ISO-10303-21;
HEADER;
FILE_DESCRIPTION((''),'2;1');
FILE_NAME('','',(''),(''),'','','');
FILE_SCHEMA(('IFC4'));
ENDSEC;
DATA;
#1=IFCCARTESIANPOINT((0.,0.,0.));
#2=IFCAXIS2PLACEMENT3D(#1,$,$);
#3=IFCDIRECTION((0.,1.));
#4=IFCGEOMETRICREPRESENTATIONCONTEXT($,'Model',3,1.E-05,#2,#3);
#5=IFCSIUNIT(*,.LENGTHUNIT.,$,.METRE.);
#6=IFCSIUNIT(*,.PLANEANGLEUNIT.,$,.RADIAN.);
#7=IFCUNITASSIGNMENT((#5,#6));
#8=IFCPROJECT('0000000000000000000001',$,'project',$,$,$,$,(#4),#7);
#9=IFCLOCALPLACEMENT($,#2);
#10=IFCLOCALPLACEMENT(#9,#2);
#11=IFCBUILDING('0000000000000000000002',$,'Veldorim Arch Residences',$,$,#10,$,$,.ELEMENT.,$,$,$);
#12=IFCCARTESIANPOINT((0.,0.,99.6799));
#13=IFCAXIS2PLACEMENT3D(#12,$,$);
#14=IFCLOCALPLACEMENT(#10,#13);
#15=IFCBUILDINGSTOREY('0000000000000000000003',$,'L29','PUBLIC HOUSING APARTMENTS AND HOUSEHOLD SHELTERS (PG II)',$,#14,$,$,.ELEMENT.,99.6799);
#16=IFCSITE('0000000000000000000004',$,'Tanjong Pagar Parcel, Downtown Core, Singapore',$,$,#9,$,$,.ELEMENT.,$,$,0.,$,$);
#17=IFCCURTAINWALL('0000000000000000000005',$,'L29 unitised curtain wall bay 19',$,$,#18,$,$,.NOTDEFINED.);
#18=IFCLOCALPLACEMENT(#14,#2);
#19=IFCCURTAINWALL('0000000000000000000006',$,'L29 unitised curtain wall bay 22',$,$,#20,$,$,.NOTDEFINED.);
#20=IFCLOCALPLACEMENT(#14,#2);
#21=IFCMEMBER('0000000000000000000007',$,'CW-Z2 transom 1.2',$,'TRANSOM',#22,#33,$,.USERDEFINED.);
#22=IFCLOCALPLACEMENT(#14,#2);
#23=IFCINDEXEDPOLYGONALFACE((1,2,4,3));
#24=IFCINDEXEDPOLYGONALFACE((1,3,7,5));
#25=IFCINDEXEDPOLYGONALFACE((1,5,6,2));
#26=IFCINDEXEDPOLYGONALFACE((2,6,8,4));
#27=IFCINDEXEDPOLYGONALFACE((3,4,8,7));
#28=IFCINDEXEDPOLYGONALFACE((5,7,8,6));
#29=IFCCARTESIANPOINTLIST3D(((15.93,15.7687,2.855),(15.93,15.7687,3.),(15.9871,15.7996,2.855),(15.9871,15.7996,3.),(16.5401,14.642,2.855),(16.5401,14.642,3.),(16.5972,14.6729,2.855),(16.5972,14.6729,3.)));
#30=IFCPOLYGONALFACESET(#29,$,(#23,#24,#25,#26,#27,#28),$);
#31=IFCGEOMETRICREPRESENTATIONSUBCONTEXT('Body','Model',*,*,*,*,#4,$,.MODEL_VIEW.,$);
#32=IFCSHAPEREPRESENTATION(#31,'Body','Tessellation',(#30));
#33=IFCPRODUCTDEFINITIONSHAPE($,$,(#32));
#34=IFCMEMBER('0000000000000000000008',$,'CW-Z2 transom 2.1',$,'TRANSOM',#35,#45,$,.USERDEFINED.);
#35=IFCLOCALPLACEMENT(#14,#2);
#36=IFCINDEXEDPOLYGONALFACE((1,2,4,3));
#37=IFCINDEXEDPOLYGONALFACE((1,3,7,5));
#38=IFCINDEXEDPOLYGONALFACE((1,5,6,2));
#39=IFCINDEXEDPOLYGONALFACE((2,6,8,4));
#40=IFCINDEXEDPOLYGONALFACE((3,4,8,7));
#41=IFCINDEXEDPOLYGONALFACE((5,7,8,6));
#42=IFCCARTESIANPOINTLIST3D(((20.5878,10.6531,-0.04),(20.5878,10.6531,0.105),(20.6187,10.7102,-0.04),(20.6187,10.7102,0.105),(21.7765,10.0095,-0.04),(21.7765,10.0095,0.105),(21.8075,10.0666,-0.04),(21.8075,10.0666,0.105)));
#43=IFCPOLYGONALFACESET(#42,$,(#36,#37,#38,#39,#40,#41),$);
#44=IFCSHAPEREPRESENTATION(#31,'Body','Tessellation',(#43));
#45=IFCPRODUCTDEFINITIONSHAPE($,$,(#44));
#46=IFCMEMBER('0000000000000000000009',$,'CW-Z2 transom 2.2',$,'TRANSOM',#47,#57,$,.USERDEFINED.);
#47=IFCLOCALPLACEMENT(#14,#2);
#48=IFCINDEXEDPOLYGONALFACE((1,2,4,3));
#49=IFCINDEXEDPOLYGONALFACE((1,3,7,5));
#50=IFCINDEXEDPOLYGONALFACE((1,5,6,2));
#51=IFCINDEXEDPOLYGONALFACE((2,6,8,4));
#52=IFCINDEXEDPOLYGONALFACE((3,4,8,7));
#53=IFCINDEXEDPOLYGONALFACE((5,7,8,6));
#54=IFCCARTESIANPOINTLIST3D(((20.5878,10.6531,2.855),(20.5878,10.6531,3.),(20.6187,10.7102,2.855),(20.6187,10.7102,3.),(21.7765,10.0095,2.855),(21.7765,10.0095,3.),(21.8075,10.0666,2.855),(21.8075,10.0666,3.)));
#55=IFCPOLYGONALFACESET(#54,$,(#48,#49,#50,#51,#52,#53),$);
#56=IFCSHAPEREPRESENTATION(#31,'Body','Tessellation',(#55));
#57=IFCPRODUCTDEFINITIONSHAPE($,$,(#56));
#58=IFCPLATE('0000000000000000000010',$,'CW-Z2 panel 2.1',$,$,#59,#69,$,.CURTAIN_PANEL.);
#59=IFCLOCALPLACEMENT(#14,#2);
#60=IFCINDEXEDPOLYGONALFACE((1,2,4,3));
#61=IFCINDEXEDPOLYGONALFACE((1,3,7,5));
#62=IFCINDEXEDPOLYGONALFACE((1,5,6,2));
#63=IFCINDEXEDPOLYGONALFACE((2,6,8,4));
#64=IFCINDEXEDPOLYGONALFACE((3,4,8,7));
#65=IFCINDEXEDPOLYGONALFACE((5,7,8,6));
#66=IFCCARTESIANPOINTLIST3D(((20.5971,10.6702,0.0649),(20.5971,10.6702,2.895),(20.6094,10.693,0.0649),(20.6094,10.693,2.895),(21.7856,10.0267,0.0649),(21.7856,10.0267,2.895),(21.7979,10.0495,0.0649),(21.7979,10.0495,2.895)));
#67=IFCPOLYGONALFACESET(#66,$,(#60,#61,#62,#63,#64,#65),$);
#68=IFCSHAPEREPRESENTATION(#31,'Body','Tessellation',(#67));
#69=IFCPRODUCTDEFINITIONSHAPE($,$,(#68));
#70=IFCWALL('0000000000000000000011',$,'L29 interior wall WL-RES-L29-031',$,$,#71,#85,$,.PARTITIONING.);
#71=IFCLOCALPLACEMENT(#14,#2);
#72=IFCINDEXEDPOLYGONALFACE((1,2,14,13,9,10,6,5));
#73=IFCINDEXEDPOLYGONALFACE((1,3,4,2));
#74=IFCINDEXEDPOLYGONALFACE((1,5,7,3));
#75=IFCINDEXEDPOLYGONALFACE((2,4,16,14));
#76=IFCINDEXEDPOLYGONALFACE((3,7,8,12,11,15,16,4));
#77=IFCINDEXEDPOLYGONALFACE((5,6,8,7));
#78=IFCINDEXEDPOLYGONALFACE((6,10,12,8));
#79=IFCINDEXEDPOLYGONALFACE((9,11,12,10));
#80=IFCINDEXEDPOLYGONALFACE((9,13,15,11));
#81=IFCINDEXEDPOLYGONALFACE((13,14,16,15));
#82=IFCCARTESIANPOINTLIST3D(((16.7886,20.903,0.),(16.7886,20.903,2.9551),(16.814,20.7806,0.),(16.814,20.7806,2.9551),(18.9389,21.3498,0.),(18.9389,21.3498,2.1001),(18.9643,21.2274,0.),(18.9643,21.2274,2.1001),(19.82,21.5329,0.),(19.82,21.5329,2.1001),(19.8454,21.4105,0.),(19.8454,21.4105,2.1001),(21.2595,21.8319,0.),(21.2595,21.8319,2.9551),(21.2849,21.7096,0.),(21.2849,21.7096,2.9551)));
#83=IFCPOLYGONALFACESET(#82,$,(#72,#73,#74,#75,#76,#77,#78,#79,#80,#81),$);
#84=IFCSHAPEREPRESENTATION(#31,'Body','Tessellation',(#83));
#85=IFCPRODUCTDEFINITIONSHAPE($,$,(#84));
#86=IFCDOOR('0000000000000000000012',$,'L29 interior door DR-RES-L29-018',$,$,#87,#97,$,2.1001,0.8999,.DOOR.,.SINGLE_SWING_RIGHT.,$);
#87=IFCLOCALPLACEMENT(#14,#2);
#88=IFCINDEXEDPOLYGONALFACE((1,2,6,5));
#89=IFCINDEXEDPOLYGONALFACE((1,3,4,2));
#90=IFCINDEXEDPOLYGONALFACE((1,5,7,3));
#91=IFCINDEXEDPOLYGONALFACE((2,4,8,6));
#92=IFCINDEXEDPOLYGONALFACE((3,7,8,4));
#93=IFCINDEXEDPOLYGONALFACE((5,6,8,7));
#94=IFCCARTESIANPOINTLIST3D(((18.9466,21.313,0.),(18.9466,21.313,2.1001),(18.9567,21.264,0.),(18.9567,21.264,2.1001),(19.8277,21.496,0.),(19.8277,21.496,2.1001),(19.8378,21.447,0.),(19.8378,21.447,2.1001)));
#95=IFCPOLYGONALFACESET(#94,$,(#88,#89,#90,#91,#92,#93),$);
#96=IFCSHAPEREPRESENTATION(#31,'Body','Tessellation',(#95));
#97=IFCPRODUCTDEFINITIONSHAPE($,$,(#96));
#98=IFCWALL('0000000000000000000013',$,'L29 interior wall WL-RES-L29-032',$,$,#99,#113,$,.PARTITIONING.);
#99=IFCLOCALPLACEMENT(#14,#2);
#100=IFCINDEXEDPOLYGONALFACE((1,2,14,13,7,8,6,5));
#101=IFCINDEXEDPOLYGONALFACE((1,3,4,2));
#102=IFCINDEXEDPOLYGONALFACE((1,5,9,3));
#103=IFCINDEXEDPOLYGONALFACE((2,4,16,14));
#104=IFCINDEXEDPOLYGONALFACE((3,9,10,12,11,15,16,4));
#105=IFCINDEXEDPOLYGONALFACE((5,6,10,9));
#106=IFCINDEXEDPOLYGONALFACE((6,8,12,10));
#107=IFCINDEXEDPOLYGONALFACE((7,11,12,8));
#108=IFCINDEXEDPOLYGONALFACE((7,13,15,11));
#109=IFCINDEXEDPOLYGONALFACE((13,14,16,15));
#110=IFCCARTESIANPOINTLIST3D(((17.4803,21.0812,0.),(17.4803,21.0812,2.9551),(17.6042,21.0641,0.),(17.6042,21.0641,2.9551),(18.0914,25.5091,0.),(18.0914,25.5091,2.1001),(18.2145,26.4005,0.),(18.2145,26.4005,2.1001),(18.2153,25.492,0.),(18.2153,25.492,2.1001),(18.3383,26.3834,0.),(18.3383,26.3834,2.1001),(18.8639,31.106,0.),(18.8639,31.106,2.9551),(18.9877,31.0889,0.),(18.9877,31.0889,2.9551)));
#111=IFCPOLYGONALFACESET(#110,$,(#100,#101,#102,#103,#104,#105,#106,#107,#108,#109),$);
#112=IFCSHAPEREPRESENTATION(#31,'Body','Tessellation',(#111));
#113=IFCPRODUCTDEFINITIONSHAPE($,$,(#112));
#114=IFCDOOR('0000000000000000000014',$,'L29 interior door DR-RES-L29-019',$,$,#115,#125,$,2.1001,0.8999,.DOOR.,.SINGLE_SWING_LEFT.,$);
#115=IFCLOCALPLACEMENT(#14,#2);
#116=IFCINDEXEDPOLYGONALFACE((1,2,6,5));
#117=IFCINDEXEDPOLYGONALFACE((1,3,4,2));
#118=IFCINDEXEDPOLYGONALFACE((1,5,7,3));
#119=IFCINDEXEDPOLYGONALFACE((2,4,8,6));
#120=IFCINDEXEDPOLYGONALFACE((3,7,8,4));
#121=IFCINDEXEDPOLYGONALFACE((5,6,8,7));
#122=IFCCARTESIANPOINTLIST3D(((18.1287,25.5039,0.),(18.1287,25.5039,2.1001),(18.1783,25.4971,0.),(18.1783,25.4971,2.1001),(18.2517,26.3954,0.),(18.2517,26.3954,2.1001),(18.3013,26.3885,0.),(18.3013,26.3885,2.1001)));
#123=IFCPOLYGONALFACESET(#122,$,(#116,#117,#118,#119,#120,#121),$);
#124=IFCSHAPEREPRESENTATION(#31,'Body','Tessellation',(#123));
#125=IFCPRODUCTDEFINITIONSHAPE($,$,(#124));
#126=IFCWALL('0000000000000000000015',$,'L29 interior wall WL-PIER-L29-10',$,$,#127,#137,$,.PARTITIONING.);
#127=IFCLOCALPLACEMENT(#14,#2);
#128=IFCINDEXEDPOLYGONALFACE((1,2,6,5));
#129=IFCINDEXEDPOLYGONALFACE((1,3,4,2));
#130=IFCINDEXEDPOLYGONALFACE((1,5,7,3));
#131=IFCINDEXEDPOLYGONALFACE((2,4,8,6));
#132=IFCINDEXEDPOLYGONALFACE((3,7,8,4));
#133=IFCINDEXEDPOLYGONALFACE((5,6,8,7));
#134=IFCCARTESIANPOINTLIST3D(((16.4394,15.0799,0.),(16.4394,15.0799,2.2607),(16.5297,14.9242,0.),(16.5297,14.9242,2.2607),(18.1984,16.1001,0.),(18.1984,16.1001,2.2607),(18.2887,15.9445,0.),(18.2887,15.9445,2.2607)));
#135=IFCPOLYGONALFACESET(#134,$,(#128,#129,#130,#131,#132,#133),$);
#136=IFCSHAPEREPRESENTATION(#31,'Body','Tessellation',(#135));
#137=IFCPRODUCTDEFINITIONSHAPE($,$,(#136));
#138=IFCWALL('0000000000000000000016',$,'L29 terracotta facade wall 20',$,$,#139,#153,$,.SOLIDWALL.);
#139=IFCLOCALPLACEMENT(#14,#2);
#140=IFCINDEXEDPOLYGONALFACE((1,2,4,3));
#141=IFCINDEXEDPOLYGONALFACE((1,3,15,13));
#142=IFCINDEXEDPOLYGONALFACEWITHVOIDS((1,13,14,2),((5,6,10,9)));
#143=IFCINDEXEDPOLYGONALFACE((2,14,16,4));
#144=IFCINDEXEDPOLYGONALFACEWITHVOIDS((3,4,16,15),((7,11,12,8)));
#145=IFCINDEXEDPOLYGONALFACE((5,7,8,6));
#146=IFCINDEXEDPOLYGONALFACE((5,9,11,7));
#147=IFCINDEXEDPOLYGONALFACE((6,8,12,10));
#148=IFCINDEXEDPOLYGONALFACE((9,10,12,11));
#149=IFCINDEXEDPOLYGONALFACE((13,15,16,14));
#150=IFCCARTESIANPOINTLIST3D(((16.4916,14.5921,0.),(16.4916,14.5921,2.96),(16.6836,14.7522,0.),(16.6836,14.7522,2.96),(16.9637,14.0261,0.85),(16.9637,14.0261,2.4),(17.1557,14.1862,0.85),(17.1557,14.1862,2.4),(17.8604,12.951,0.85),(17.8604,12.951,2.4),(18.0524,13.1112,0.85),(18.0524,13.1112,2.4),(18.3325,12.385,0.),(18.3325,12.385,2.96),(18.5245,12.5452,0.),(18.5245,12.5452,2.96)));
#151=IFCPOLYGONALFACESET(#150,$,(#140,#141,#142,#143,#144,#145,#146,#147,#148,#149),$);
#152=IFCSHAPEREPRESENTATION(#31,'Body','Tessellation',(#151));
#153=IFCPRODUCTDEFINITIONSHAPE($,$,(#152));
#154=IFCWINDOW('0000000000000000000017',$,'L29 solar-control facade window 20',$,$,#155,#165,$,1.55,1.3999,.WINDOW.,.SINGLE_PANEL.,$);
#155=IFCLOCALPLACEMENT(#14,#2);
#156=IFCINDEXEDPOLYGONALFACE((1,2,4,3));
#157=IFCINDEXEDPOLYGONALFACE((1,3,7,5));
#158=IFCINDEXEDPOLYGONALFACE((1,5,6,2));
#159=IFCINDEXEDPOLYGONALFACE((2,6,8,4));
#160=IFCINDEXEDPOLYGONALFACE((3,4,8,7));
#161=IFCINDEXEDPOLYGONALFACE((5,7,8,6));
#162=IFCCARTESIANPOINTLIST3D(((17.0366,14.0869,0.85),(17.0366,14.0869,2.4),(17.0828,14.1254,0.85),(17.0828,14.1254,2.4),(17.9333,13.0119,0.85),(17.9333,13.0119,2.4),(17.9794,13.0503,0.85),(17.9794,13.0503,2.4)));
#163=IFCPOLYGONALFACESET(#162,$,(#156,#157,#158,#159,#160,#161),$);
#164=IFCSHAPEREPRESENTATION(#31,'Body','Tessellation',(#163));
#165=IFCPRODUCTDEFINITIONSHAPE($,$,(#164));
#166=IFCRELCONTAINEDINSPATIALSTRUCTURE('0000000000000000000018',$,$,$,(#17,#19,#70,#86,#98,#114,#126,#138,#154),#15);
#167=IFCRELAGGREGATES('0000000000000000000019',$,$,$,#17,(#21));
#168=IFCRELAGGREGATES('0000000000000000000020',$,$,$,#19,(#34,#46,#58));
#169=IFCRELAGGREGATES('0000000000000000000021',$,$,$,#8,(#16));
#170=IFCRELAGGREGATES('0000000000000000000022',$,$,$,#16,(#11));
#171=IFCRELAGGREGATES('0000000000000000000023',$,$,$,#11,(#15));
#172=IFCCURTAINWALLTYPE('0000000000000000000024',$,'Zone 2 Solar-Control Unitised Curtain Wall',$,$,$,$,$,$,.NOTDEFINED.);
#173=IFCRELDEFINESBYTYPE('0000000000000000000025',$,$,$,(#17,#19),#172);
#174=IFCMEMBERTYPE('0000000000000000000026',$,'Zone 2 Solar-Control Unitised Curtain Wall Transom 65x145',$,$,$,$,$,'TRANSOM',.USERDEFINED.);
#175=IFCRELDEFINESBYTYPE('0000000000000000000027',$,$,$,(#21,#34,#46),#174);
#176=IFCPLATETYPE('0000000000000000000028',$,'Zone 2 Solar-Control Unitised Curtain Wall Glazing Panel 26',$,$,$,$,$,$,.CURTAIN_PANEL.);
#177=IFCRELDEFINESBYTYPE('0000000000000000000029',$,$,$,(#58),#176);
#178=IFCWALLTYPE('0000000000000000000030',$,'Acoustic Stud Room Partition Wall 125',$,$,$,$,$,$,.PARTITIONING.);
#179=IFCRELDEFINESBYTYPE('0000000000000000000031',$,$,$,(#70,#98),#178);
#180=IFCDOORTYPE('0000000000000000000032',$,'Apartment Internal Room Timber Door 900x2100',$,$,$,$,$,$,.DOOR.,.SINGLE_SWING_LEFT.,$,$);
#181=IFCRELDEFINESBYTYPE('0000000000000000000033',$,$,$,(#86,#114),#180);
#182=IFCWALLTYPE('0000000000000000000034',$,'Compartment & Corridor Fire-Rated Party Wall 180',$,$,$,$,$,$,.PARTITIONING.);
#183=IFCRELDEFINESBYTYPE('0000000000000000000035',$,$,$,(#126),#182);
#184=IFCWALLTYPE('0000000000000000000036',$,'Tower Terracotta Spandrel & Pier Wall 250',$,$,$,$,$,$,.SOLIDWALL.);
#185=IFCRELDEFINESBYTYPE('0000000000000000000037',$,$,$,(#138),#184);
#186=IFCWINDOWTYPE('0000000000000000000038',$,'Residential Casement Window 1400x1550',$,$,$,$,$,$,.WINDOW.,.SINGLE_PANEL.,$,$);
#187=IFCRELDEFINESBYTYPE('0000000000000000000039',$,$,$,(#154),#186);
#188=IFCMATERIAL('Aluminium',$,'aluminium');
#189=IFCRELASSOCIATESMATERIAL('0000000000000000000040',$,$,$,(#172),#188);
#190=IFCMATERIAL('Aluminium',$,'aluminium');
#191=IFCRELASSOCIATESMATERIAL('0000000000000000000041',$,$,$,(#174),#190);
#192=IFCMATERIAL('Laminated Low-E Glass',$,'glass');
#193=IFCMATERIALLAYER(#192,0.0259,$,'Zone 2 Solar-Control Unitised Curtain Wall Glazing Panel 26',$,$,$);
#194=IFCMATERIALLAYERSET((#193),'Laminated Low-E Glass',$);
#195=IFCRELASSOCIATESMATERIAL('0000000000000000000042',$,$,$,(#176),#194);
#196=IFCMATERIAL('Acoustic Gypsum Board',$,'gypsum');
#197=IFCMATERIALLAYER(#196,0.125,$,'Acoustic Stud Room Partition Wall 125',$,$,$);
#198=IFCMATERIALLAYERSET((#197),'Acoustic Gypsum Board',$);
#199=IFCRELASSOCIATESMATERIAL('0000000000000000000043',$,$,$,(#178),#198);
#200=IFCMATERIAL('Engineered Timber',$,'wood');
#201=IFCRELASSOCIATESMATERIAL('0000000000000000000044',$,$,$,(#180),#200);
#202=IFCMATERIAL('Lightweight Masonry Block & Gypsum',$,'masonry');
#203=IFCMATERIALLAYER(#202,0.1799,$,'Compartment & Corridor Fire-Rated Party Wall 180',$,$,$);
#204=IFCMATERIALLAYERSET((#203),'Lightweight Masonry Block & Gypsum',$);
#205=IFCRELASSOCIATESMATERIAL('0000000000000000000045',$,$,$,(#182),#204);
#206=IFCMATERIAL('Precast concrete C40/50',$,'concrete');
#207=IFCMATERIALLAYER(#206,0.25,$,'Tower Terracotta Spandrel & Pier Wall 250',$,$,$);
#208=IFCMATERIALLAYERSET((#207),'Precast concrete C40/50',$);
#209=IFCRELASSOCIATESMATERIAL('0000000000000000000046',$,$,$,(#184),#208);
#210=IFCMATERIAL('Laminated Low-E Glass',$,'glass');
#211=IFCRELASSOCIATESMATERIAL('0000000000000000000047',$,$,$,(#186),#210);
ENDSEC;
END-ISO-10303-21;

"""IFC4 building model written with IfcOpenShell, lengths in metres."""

from ifc_helpers import new_model, si_unit, direction, frame, frame_2d, origin, origin_2d, place, context, subcontext, project, spatial, rectangle, extrude, material, layer, layer_set, material_profile, profile_set, type_object, element, fill, aggregate, save


model = new_model("IFC4")

# Units and contexts
model_context = context("Model", 3, precision=1e-05, world=origin(), true_north=direction((0.0, 1.0)))
body_context = subcontext(model_context, "Body", "Model", "MODEL_VIEW")
ifc_project = project(units=[si_unit("LENGTHUNIT", "METRE"), si_unit("PLANEANGLEUNIT", "RADIAN")], contexts=[model_context])

# Site, building, storey
site_placement = place(None, origin())
site = spatial("IfcSite", under=ifc_project, at=site_placement, Name="Tanjong Pagar Parcel, Downtown Core, Singapore", CompositionType="ELEMENT", RefElevation=0.0)
building_placement = place(site_placement, origin())
building = spatial("IfcBuilding", under=site, at=building_placement, Name="Veldorim Arch Residences", CompositionType="ELEMENT")
storey_placement = place(building_placement, frame((0.0, 0.0, 99.6799)))
storey = spatial("IfcBuildingStorey", under=building, at=storey_placement, Name="L29", Description="PUBLIC HOUSING APARTMENTS AND HOUSEHOLD SHELTERS (PG II)", CompositionType="ELEMENT", Elevation=99.6799)

# Curtain walls
ifc_material_1 = material(Name="Aluminium", Category="aluminium")
curtain_wall_type = type_object("IfcCurtainWallType", Name="Zone 2 Solar-Control Unitised Curtain Wall", PredefinedType="NOTDEFINED", material=ifc_material_1)
curtain_wall_1_placement = place(storey_placement, origin())
curtain_wall_1 = element("IfcCurtainWall", 1, at=curtain_wall_1_placement, inside=storey, type_object=curtain_wall_type, Name="L29 unitised curtain wall bay 19", PredefinedType="NOTDEFINED")
curtain_wall_2_placement = place(storey_placement, origin())
curtain_wall_2 = element("IfcCurtainWall", 2, at=curtain_wall_2_placement, inside=storey, type_object=curtain_wall_type, Name="L29 unitised curtain wall bay 22", PredefinedType="NOTDEFINED")

# Members
ifc_material_2 = material(Name="Aluminium", Category="aluminium")
ifc_material_profile_1 = material_profile(ifc_material_2, rectangle(XDim=0.0649, YDim=0.145, at=origin_2d()), Name="ALU_TRN_65x145")
ifc_profile_set_1 = profile_set([ifc_material_profile_1], Name="Aluminium")
member_type_1 = type_object("IfcMemberType", Name="Zone 2 Solar-Control Unitised Curtain Wall Transom 65x145", ElementType="TRANSOM", PredefinedType="USERDEFINED", material=ifc_profile_set_1)
member_1_placement = place(storey_placement, frame((16.5686, 14.6575, 2.9275), z_axis=(-0.476167, 0.879355, 0.0), x_axis=(-0.879355, -0.476167, 0.0)))
member_1 = element("IfcMember", 3, at=member_1_placement, type_object=member_type_1, Name="CW-Z2 transom 1.2", ObjectType="TRANSOM", PredefinedType="USERDEFINED", context=body_context, shape_type="SweptSolid", body=[
    extrude(rectangle(XDim=0.0649, YDim=0.145, at=origin_2d()), origin(), (0.0, 0.0, 1.0), 1.2812),
])
aggregate(curtain_wall_1, [member_1])
member_2_placement = place(storey_placement, frame((21.792, 10.0381, 0.0325), z_axis=(-0.879396, 0.476091, 0.0), x_axis=(-0.476091, -0.879396, 0.0)))
member_2 = element("IfcMember", 4, at=member_2_placement, type_object=member_type_1, Name="CW-Z2 transom 2.1", ObjectType="TRANSOM", PredefinedType="USERDEFINED", context=body_context, shape_type="SweptSolid", body=[
    extrude(rectangle(XDim=0.0649, YDim=0.145, at=origin_2d()), origin(), (0.0, 0.0, 1.0), 1.3518),
])
member_3_placement = place(storey_placement, frame((21.792, 10.0381, 2.9275), z_axis=(-0.879396, 0.476091, 0.0), x_axis=(-0.476091, -0.879396, 0.0)))
member_3 = element("IfcMember", 5, at=member_3_placement, type_object=member_type_1, Name="CW-Z2 transom 2.2", ObjectType="TRANSOM", PredefinedType="USERDEFINED", context=body_context, shape_type="SweptSolid", body=[
    extrude(rectangle(XDim=0.0649, YDim=0.145, at=origin_2d()), origin(), (0.0, 0.0, 1.0), 1.3518),
])

# Plate
ifc_material_3 = material(Name="Laminated Low-E Glass", Category="glass")
ifc_layer_1 = layer(ifc_material_3, 0.0259, Name="Zone 2 Solar-Control Unitised Curtain Wall Glazing Panel 26")
ifc_layer_set_1 = layer_set([ifc_layer_1], Name="Laminated Low-E Glass")
plate_type = type_object("IfcPlateType", Name="Zone 2 Solar-Control Unitised Curtain Wall Glazing Panel 26", PredefinedType="CURTAIN_PANEL", material=ifc_layer_set_1)
plate_placement = place(storey_placement, frame((21.1975, 10.3599, 0.0649), z_axis=(0.0, 0.0, 1.0), x_axis=(-0.879393, 0.476096, 0.0)))
plate = element("IfcPlate", 6, at=plate_placement, type_object=plate_type, Name="CW-Z2 panel 2.1", PredefinedType="CURTAIN_PANEL", context=body_context, shape_type="SweptSolid", body=[
    extrude(rectangle(XDim=1.3516, YDim=0.0259, at=origin_2d()), origin(), (0.0, 0.0, 1.0), 2.8301),
])
aggregate(curtain_wall_2, [member_2, member_3, plate])

# Walls, openings, doors
ifc_material_4 = material(Name="Acoustic Gypsum Board", Category="gypsum")
ifc_layer_2 = layer(ifc_material_4, 0.125, Name="Acoustic Stud Room Partition Wall 125")
ifc_layer_set_2 = layer_set([ifc_layer_2], Name="Acoustic Gypsum Board")
wall_type_1 = type_object("IfcWallType", Name="Acoustic Stud Room Partition Wall 125", PredefinedType="PARTITIONING", material=ifc_layer_set_2)
wall_1_placement = place(storey_placement, frame((16.8013, 20.8418, 0.0), z_axis=(0.0, 0.0, 1.0), x_axis=(0.979089, 0.203431, 0.0)))
wall_1 = element("IfcWall", 7, at=wall_1_placement, inside=storey, type_object=wall_type_1, Name="L29 interior wall WL-RES-L29-031", PredefinedType="PARTITIONING", context=body_context, shape_type="SweptSolid", body=[
    extrude(rectangle(XDim=4.5664, YDim=0.125, at=frame_2d((2.2832, 0.0))), origin(), (0.0, 0.0, 1.0), 2.9551),
])
opening_1_placement = place(wall_1_placement, frame((2.1963, 0.0, 0.0)))
opening_1 = element("IfcOpeningElement", 8, at=opening_1_placement, cuts=wall_1, PredefinedType="OPENING", context=body_context, shape_type="SweptSolid", body=[
    extrude(rectangle(XDim=0.8999, YDim=2.1001, at=frame_2d((0.45, 1.05))), frame((0.0, 0.0725, 0.0), z_axis=(0.0, -1.0, 0.0), x_axis=(1.0, 0.0, 0.0)), (0.0, 0.0, 1.0), 0.145),
])
ifc_material_5 = material(Name="Engineered Timber", Category="wood")
door_type_1 = type_object("IfcDoorType", Name="Apartment Internal Room Timber Door 900x2100", OperationType="SINGLE_SWING_LEFT", PredefinedType="DOOR", material=ifc_material_5)
door_1_placement = place(opening_1_placement, origin())
door_1 = element("IfcDoor", 9, at=door_1_placement, inside=storey, type_object=door_type_1, Name="L29 interior door DR-RES-L29-018", OperationType="SINGLE_SWING_RIGHT", OverallHeight=2.1001, OverallWidth=0.8999, PredefinedType="DOOR", context=body_context, shape_type="SweptSolid", body=[
    extrude(rectangle(XDim=0.8999, YDim=2.1001, at=frame_2d((0.45, 1.05))), frame((0.0, 0.0249, 0.0), z_axis=(0.0, -1.0, 0.0), x_axis=(1.0, 0.0, 0.0)), (0.0, 0.0, 1.0), 0.05),
])
fill(opening_1, door_1)
wall_2_placement = place(storey_placement, frame((17.5422, 21.0725, 0.0), z_axis=(0.0, 0.0, 1.0), x_axis=(0.136715, 0.99061, 0.0)))
wall_2 = element("IfcWall", 10, at=wall_2_placement, inside=storey, type_object=wall_type_1, Name="L29 interior wall WL-RES-L29-032", PredefinedType="PARTITIONING", context=body_context, shape_type="SweptSolid", body=[
    extrude(rectangle(XDim=10.1199, YDim=0.125, at=frame_2d((5.0601, 0.0))), origin(), (0.0, 0.0, 1.0), 2.9551),
])
opening_2_placement = place(wall_2_placement, frame((4.47, 0.0, 0.0)))
opening_2 = element("IfcOpeningElement", 11, at=opening_2_placement, cuts=wall_2, PredefinedType="OPENING", context=body_context, shape_type="SweptSolid", body=[
    extrude(rectangle(XDim=0.8999, YDim=2.1001, at=frame_2d((0.45, 1.05))), frame((0.0, 0.0725, 0.0), z_axis=(0.0, -1.0, 0.0), x_axis=(1.0, 0.0, 0.0)), (0.0, 0.0, 1.0), 0.145),
])
door_2_placement = place(opening_2_placement, origin())
door_2 = element("IfcDoor", 12, at=door_2_placement, inside=storey, type_object=door_type_1, Name="L29 interior door DR-RES-L29-019", OperationType="SINGLE_SWING_LEFT", OverallHeight=2.1001, OverallWidth=0.8999, PredefinedType="DOOR", context=body_context, shape_type="SweptSolid", body=[
    extrude(rectangle(XDim=0.8999, YDim=2.1001, at=frame_2d((0.45, 1.05))), frame((0.0, 0.0249, 0.0), z_axis=(0.0, -1.0, 0.0), x_axis=(1.0, 0.0, 0.0)), (0.0, 0.0, 1.0), 0.05),
])
fill(opening_2, door_2)

# Wall
ifc_material_6 = material(Name="Lightweight Masonry Block & Gypsum", Category="masonry")
ifc_layer_3 = layer(ifc_material_6, 0.1799, Name="Compartment & Corridor Fire-Rated Party Wall 180")
ifc_layer_set_3 = layer_set([ifc_layer_3], Name="Lightweight Masonry Block & Gypsum")
wall_type_2 = type_object("IfcWallType", Name="Compartment & Corridor Fire-Rated Party Wall 180", PredefinedType="PARTITIONING", material=ifc_layer_set_3)
wall_3_placement = place(storey_placement, frame((18.2434, 16.0222, 0.0), z_axis=(0.0, 0.0, 1.0), x_axis=(-0.865026, -0.501727, 0.0)))
element("IfcWall", 13, at=wall_3_placement, inside=storey, type_object=wall_type_2, Name="L29 interior wall WL-PIER-L29-10", PredefinedType="PARTITIONING", context=body_context, shape_type="SweptSolid", body=[
    extrude(rectangle(XDim=2.0334, YDim=0.1799, at=frame_2d((1.0166, 0.0))), origin(), (0.0, 0.0, 1.0), 2.2607),
])

# Wall, opening, window
ifc_material_7 = material(Name="Precast concrete C40/50", Category="concrete")
ifc_layer_4 = layer(ifc_material_7, 0.25, Name="Tower Terracotta Spandrel & Pier Wall 250")
ifc_layer_set_4 = layer_set([ifc_layer_4], Name="Precast concrete C40/50")
wall_type_3 = type_object("IfcWallType", Name="Tower Terracotta Spandrel & Pier Wall 250", PredefinedType="SOLIDWALL", material=ifc_layer_set_4)
wall_4_placement = place(storey_placement, frame((18.4285, 12.4651, 0.0), z_axis=(0.0, 0.0, 1.0), x_axis=(-0.640519, 0.767943, 0.0)))
wall_4 = element("IfcWall", 14, at=wall_4_placement, inside=storey, type_object=wall_type_3, Name="L29 terracotta facade wall 20", PredefinedType="SOLIDWALL", context=body_context, shape_type="SweptSolid", body=[
    extrude(rectangle(XDim=2.874, YDim=0.25, at=frame_2d((1.437, 0.0))), origin(), (0.0, 0.0, 1.0), 2.96),
])
opening_3_placement = place(wall_4_placement, frame((0.7371, 0.0, 0.8501)))
opening_3 = element("IfcOpeningElement", 15, at=opening_3_placement, cuts=wall_4, PredefinedType="OPENING", context=body_context, shape_type="SweptSolid", body=[
    extrude(rectangle(XDim=1.3999, YDim=1.55, at=frame_2d((0.7, 0.7749))), frame((0.0, 0.135, 0.0), z_axis=(0.0, -1.0, 0.0), x_axis=(1.0, 0.0, 0.0)), (0.0, 0.0, 1.0), 0.27),
])
ifc_material_8 = material(Name="Laminated Low-E Glass", Category="glass")
window_type = type_object("IfcWindowType", Name="Residential Casement Window 1400x1550", PartitioningType="SINGLE_PANEL", PredefinedType="WINDOW", material=ifc_material_8)
window_placement = place(opening_3_placement, origin())
window = element("IfcWindow", 16, at=window_placement, inside=storey, type_object=window_type, Name="L29 solar-control facade window 20", OverallHeight=1.55, OverallWidth=1.3999, PartitioningType="SINGLE_PANEL", PredefinedType="WINDOW", context=body_context, shape_type="SweptSolid", body=[
    extrude(rectangle(XDim=1.3999, YDim=1.55, at=frame_2d((0.7, 0.7749))), frame((0.0, 0.03, 0.0), z_axis=(0.0, -1.0, 0.0), x_axis=(1.0, 0.0, 0.0)), (0.0, 0.0, 1.0), 0.0601),
])
fill(opening_3, window)

save(model, "model.ifc")
